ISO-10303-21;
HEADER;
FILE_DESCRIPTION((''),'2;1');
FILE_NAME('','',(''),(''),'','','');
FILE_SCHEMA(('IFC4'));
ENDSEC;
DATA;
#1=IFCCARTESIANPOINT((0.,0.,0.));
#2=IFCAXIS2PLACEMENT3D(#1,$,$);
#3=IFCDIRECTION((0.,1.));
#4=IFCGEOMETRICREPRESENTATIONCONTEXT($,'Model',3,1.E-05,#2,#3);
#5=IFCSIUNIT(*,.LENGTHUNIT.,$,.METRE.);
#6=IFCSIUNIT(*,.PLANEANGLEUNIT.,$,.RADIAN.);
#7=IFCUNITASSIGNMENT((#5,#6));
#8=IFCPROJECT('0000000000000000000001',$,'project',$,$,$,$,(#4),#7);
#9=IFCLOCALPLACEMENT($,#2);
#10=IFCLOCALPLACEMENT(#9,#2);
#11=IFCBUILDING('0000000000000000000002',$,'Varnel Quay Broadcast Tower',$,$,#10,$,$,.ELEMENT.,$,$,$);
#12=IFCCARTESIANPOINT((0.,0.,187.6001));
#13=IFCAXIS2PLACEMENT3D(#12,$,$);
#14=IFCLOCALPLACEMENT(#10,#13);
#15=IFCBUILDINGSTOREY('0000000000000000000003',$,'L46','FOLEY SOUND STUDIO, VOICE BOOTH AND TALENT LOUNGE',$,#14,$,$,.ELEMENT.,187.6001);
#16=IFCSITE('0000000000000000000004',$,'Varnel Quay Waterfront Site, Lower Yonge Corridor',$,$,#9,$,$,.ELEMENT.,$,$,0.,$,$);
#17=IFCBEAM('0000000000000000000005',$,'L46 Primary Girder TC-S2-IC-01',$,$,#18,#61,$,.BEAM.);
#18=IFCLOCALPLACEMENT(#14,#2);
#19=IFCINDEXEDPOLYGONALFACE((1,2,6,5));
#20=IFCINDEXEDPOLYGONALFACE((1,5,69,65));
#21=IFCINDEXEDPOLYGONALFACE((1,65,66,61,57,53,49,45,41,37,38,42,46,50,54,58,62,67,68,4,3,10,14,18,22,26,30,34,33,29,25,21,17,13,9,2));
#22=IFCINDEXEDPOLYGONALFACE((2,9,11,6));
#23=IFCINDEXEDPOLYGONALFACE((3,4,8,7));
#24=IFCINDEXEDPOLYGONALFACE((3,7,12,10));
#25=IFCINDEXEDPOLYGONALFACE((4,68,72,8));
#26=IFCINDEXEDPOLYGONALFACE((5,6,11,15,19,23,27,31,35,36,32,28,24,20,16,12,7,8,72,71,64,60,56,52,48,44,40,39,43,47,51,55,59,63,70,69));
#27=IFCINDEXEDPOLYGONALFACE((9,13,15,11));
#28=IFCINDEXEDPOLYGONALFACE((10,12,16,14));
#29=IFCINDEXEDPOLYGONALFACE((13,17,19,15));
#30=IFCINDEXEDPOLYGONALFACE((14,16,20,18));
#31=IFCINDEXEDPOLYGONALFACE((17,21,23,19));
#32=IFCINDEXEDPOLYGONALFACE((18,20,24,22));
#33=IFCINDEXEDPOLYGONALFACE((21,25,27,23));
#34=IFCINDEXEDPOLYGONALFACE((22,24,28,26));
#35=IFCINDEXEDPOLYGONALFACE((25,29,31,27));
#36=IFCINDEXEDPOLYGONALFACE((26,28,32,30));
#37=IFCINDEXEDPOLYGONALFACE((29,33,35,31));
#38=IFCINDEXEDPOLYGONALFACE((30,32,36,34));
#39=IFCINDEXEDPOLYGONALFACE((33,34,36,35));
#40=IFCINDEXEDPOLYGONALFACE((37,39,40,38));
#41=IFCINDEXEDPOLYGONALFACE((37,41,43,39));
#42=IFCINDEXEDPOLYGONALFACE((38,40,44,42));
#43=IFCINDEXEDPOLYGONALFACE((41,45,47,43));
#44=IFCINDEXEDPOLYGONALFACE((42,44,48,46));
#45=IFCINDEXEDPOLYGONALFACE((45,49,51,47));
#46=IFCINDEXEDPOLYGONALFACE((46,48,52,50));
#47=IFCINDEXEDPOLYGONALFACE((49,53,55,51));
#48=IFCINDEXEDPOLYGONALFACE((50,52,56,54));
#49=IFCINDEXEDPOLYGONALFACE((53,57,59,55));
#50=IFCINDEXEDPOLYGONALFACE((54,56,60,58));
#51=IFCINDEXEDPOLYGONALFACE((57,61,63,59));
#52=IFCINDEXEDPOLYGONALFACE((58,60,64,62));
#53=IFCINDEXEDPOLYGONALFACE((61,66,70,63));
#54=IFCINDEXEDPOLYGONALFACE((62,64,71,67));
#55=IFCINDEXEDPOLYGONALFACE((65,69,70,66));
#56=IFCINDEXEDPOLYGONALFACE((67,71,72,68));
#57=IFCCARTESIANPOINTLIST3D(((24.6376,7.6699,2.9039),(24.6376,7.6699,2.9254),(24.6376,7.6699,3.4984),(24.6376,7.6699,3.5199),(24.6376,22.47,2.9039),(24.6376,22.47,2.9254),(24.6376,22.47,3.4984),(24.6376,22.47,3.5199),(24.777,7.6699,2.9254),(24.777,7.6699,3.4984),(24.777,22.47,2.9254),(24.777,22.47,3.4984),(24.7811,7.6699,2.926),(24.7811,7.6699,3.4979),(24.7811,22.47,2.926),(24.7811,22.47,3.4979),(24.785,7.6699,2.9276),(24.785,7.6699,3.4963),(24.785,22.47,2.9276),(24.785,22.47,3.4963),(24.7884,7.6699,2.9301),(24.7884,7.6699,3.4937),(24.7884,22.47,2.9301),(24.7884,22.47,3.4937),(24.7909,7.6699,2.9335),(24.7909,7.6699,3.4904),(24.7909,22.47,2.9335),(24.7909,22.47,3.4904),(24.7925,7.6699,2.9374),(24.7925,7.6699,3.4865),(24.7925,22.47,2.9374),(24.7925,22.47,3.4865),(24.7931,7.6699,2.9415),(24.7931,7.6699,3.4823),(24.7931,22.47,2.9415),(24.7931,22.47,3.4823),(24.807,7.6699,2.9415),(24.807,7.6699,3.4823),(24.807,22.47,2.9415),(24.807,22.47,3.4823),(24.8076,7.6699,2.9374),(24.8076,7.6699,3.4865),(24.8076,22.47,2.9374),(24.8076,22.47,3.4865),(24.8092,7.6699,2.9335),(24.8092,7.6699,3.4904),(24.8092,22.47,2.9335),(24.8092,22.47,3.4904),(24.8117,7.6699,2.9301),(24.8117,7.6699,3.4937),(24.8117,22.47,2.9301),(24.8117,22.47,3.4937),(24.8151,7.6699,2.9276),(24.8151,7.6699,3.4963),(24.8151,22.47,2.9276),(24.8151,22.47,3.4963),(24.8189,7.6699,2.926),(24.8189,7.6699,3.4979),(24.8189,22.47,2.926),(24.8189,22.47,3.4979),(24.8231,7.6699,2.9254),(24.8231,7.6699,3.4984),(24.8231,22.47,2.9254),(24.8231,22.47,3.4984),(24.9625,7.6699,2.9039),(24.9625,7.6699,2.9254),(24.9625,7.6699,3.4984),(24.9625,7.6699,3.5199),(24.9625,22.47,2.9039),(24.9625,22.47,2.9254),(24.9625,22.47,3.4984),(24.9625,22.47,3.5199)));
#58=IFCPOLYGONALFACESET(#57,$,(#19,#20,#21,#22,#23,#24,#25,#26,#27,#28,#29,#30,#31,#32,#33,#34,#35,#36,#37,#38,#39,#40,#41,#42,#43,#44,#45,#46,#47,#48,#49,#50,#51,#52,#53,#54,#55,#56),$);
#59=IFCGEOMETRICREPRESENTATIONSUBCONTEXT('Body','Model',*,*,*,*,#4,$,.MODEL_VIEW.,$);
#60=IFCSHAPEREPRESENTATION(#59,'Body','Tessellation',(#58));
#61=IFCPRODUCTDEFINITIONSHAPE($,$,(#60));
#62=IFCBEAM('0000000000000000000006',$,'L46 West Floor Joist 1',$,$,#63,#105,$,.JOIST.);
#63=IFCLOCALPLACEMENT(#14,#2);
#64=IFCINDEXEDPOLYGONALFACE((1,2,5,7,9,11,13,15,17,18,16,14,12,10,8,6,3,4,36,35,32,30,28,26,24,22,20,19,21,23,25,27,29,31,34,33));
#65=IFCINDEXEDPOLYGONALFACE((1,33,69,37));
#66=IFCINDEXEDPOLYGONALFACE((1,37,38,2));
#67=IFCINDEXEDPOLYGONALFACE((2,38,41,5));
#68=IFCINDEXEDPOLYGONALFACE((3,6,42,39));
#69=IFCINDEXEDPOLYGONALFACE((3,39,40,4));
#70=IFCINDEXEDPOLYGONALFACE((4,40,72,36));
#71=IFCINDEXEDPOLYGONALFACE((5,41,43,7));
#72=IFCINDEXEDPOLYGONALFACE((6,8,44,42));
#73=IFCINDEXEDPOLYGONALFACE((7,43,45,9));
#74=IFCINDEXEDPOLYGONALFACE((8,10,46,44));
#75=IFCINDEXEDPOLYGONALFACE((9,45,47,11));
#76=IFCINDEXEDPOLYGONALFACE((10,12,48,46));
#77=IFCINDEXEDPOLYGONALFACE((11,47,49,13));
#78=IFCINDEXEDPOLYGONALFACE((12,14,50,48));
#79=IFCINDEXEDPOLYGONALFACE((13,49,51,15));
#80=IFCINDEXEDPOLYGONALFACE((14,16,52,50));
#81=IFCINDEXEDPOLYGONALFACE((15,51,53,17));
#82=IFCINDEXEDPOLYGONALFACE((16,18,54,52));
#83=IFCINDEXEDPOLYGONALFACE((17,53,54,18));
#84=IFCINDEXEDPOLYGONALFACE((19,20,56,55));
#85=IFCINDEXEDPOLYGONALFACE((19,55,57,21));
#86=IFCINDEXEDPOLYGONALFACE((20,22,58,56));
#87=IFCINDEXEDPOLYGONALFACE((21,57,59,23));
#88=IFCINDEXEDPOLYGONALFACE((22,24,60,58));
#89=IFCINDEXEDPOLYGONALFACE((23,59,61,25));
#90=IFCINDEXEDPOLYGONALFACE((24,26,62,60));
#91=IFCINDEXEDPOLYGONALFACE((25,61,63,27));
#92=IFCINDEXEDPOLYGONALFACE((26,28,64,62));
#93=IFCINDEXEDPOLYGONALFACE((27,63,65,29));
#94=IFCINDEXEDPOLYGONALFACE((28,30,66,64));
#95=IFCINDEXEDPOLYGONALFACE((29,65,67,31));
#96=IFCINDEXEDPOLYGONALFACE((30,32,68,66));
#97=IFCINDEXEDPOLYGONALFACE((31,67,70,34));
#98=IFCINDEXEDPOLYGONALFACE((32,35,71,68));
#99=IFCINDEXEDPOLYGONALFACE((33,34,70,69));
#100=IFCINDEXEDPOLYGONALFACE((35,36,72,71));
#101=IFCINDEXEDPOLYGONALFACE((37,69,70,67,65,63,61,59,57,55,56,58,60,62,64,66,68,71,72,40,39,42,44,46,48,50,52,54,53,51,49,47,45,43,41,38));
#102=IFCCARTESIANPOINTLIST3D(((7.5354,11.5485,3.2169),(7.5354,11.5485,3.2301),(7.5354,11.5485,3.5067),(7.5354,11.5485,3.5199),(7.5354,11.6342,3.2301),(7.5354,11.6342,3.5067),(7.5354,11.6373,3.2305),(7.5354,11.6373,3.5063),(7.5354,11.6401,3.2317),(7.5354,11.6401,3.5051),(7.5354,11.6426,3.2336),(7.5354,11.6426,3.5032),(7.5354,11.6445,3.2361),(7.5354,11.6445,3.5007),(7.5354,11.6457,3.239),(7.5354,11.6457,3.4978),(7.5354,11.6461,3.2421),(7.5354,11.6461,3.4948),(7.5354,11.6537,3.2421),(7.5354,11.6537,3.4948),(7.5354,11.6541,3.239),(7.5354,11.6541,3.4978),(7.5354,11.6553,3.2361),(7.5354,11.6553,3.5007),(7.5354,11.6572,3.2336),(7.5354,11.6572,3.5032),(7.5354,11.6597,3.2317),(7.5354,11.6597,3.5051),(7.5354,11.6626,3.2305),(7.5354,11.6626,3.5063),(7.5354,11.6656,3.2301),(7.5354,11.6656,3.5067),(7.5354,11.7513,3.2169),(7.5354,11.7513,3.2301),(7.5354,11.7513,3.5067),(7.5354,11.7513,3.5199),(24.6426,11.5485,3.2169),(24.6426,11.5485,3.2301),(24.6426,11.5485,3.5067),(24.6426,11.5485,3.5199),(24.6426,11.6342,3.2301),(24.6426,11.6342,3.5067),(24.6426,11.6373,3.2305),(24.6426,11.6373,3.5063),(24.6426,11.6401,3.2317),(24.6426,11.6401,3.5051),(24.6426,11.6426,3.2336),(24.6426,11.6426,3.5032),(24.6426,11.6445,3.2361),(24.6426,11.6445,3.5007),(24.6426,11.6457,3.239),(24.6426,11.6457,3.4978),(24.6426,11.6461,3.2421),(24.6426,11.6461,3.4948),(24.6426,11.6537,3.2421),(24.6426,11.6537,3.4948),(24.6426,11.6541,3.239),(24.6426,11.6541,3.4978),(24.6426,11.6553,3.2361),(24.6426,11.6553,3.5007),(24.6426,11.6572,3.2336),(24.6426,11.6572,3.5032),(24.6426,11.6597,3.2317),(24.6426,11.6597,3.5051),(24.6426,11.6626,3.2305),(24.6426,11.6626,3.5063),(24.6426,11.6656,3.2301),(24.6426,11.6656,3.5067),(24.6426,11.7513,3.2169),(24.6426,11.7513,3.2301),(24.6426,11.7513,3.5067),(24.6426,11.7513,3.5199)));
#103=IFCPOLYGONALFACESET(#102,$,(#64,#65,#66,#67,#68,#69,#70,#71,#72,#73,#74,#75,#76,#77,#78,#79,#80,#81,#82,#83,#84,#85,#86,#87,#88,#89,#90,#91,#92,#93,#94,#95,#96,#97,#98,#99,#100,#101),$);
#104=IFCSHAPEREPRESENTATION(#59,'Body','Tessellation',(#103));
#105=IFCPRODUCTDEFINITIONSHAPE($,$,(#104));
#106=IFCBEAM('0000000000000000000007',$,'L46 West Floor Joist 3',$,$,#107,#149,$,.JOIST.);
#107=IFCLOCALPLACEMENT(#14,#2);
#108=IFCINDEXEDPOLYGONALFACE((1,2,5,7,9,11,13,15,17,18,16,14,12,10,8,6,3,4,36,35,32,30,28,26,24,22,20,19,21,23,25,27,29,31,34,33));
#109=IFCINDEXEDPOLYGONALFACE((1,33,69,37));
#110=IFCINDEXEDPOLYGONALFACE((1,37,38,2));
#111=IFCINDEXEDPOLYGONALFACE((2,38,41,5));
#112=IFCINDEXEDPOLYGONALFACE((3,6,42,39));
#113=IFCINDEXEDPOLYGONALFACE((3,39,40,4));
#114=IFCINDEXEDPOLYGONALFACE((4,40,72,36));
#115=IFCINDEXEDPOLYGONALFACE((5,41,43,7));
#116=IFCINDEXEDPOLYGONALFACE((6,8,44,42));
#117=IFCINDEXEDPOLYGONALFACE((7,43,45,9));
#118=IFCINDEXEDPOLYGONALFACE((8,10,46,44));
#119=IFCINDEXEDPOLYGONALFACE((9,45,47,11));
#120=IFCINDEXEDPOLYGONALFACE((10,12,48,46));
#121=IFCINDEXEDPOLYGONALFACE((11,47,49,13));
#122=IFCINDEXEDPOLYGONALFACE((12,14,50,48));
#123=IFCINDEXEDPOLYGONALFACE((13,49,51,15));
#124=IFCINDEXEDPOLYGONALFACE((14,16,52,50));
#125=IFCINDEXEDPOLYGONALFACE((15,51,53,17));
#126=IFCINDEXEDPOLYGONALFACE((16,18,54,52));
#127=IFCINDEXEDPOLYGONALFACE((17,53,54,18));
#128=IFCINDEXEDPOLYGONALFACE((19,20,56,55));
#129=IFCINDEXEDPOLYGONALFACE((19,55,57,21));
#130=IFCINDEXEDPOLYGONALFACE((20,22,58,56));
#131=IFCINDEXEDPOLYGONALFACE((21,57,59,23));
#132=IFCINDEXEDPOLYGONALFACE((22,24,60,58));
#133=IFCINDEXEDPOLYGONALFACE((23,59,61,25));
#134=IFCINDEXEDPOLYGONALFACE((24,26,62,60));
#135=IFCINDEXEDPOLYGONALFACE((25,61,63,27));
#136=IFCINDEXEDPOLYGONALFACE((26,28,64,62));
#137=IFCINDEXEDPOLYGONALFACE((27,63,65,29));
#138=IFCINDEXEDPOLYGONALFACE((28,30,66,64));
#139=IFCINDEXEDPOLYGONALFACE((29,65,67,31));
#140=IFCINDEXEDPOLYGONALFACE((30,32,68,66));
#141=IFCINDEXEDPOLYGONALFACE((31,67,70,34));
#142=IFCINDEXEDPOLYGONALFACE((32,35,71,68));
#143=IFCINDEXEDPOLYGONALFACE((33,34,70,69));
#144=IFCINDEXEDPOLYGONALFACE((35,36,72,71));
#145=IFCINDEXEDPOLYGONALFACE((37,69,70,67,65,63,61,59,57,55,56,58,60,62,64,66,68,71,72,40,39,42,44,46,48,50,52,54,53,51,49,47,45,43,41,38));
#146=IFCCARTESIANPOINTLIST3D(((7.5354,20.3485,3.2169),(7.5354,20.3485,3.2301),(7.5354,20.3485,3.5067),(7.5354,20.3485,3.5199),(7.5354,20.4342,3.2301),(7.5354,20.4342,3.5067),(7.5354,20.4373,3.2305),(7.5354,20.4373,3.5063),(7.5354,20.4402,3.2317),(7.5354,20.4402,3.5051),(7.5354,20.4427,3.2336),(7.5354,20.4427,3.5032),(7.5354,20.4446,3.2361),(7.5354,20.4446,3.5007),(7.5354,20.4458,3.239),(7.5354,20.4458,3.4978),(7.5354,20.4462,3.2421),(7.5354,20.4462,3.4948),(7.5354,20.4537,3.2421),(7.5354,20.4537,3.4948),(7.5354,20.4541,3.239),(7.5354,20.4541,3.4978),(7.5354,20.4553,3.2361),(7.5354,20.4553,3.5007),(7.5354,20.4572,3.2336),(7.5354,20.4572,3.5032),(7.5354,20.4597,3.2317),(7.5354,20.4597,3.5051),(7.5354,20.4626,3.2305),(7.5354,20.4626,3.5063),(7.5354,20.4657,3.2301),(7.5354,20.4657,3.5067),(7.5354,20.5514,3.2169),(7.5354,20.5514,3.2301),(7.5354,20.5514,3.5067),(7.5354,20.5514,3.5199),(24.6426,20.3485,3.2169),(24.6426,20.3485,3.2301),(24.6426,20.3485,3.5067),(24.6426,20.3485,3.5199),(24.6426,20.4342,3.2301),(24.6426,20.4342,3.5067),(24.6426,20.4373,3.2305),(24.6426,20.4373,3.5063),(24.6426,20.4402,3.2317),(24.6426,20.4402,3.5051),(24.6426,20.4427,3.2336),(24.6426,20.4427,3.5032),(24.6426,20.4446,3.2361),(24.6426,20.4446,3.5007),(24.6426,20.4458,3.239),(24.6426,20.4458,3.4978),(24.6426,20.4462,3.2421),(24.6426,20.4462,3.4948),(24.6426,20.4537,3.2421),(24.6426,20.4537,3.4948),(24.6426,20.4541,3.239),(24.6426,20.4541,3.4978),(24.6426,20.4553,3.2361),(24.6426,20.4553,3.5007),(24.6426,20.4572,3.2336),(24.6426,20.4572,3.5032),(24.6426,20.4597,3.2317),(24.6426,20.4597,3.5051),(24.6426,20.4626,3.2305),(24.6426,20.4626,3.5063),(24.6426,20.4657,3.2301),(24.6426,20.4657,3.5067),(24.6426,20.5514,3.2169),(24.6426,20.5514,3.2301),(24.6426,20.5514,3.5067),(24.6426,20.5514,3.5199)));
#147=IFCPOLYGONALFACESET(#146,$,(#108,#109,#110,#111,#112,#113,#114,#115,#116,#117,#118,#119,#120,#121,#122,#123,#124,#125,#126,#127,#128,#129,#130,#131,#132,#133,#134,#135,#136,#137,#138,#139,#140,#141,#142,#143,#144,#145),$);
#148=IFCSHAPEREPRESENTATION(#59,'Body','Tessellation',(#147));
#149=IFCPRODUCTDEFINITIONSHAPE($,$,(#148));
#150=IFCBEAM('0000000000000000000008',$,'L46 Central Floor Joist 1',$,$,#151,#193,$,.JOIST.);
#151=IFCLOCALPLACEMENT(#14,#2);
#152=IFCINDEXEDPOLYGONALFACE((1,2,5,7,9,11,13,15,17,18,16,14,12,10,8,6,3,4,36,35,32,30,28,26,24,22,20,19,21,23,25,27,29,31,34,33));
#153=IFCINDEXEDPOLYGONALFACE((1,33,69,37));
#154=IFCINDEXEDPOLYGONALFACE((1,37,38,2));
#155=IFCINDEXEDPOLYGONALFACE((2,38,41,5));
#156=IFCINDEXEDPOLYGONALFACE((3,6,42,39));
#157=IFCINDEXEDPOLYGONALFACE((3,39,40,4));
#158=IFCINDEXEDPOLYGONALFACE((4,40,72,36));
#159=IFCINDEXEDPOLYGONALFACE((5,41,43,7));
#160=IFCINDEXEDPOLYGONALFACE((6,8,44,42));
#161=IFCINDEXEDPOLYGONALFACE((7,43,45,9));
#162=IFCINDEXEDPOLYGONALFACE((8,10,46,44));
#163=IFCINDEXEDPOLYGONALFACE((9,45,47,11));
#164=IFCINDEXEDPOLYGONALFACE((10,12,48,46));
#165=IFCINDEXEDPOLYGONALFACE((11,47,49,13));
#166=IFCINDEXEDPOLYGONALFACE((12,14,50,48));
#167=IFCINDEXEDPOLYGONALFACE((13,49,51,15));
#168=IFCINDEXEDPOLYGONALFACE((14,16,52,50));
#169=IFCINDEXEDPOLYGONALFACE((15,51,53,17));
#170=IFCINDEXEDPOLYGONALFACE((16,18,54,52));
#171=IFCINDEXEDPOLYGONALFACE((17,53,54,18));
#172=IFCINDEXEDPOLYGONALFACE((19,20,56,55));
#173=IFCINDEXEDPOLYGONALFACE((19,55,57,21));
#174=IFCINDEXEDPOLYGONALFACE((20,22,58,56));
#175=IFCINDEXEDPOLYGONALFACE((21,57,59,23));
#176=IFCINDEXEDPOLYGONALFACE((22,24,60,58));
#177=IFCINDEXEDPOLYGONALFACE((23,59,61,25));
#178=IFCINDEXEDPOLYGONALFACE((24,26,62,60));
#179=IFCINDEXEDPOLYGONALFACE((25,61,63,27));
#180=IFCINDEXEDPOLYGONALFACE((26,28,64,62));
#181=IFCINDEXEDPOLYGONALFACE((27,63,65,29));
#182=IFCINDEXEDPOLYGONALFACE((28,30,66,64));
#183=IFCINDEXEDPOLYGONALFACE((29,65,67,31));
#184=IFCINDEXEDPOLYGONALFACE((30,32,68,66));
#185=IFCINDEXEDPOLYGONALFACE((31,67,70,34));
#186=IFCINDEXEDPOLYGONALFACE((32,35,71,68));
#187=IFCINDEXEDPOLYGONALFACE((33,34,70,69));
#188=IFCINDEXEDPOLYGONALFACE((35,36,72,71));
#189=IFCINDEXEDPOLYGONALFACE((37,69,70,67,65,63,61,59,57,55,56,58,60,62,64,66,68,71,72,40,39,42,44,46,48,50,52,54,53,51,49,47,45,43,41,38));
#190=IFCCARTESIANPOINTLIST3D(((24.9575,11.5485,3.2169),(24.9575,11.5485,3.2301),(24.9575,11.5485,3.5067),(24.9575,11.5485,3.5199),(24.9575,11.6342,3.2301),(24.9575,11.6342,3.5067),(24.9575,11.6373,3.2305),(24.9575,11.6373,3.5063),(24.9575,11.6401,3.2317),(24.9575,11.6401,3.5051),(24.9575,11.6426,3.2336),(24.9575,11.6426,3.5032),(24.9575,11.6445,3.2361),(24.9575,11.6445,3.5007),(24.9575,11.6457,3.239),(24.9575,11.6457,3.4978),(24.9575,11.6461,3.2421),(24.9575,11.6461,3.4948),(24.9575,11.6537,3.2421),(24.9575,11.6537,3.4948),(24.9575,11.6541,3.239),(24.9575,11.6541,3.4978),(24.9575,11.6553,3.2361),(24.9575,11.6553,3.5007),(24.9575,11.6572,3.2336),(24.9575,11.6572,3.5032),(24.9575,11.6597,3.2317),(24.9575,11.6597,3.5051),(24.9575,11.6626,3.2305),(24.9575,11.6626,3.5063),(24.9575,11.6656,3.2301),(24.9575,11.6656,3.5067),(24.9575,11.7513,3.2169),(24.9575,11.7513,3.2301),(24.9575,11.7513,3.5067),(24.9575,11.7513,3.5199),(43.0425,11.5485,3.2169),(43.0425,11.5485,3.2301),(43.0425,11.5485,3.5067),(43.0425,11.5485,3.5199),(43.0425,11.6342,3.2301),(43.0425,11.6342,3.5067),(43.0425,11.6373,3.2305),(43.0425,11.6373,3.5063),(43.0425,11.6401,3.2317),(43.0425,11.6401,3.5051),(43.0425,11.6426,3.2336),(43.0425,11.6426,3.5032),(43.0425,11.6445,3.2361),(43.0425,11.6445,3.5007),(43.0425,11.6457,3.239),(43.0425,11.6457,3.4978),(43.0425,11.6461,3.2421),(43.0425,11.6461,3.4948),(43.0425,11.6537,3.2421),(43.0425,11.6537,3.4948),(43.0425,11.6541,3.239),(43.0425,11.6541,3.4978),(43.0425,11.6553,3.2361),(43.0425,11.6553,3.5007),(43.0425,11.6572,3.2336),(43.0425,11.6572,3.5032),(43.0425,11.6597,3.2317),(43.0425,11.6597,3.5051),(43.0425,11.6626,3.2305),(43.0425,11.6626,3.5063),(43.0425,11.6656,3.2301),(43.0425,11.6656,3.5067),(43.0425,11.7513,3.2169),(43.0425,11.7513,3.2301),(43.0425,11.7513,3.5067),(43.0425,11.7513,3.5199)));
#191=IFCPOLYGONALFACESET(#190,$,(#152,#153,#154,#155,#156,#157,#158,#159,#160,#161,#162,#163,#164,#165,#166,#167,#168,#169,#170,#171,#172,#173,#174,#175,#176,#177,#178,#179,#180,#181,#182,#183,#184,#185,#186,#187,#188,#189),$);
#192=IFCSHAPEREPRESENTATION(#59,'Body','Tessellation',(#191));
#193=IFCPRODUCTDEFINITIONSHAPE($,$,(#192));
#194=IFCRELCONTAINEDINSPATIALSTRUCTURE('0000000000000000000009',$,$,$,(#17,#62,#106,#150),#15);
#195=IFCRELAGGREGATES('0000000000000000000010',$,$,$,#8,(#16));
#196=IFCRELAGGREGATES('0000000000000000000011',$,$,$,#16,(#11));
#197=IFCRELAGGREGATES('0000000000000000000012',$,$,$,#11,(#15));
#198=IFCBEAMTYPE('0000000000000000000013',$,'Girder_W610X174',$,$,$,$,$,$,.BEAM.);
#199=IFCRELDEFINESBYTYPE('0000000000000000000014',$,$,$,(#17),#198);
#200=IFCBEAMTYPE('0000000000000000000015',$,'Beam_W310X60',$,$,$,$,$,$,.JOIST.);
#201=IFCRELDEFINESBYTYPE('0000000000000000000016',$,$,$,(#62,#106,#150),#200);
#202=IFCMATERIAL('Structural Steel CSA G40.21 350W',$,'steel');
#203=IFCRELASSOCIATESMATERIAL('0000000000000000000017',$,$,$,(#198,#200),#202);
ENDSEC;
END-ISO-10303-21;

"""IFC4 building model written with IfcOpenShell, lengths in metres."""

from ifc_helpers import new_model, si_unit, direction, frame, origin, origin_2d, place, context, subcontext, project, spatial, i_section, extrude, source, transform, mapped, material, material_profile, profile_set, type_object, type_shapes, element, save


model = new_model("IFC4")

# Units and contexts
model_context = context("Model", 3, precision=1e-05, world=origin(), true_north=direction((0.0, 1.0)))
body_context = subcontext(model_context, "Body", "Model", "MODEL_VIEW")
ifc_project = project(units=[si_unit("LENGTHUNIT", "METRE"), si_unit("PLANEANGLEUNIT", "RADIAN")], contexts=[model_context])

# Site, building, storey
site_placement = place(None, origin())
site = spatial("IfcSite", under=ifc_project, at=site_placement, Name="Varnel Quay Waterfront Site, Lower Yonge Corridor", CompositionType="ELEMENT", RefElevation=0.0)
building_placement = place(site_placement, origin())
building = spatial("IfcBuilding", under=site, at=building_placement, Name="Varnel Quay Broadcast Tower", CompositionType="ELEMENT")
storey_placement = place(building_placement, frame((0.0, 0.0, 187.6001)))
storey = spatial("IfcBuildingStorey", under=building, at=storey_placement, Name="L46", Description="FOLEY SOUND STUDIO, VOICE BOOTH AND TALENT LOUNGE", CompositionType="ELEMENT", Elevation=187.6001)

# Shared definitions
ifc_material_1 = material(Name="Structural Steel CSA G40.21 350W", Category="steel")

# Beams
ifc_material_profile_1 = material_profile(ifc_material_1, i_section(OverallWidth=0.325, OverallDepth=0.616, WebThickness=0.0139, FlangeThickness=0.0215, FilletRadius=0.0161, at=origin_2d()), Name="W610X174")
ifc_profile_set_1 = profile_set([ifc_material_profile_1], Name="Structural Steel CSA G40.21 350W")
beam_type_1 = type_object("IfcBeamType", Name="Girder_W610X174", PredefinedType="BEAM", material=ifc_profile_set_1)
shared_shape_1 = source(origin(), body_context, "Body", "SweptSolid", [
    extrude(i_section(OverallWidth=0.325, OverallDepth=0.616, WebThickness=0.0139, FlangeThickness=0.0215, FilletRadius=0.0161, at=origin_2d()), origin(), (0.0, 0.0, 1.0), 14.8),
])
type_shapes(beam_type_1, [shared_shape_1])
beam_1_placement = place(storey_placement, frame((24.8, 7.6699, 3.2119), z_axis=(0.0, 1.0, 0.0), x_axis=(-1.0, 0.0, 0.0)))
element("IfcBeam", 1, at=beam_1_placement, inside=storey, type_object=beam_type_1, Name="L46 Primary Girder TC-S2-IC-01", PredefinedType="BEAM", context=body_context, shape_type="MappedRepresentation", body=[
    mapped(shared_shape_1, transform((0.0, 0.0, 0.0), x_axis=(1.0, 0.0, 0.0), y_axis=(0.0, 1.0, 0.0), z_axis=(0.0, 0.0, 1.0), scale=1.0)),
])
ifc_material_profile_2 = material_profile(ifc_material_1, i_section(OverallWidth=0.2029, OverallDepth=0.303, WebThickness=0.0076, FlangeThickness=0.0132, FilletRadius=0.012, at=origin_2d()), Name="W310X60")
ifc_profile_set_2 = profile_set([ifc_material_profile_2], Name="Structural Steel CSA G40.21 350W")
beam_type_2 = type_object("IfcBeamType", Name="Beam_W310X60", PredefinedType="JOIST", material=ifc_profile_set_2)
shared_shape_2 = source(origin(), body_context, "Body", "SweptSolid", [
    extrude(i_section(OverallWidth=0.2029, OverallDepth=0.303, WebThickness=0.0076, FlangeThickness=0.0132, FilletRadius=0.012, at=origin_2d()), origin(), (0.0, 0.0, 1.0), 17.1072),
])
for number, where, z_axis, x_axis, name in (
    (2, (7.5354, 11.6499, 3.3684), (1.0, 0.0, 0.0), (0.0, 1.0, 0.0), "L46 West Floor Joist 1"),
    (3, (7.5354, 20.45, 3.3684), (1.0, 0.0, 0.0), (0.0, 1.0, 0.0), "L46 West Floor Joist 3"),
):
    element("IfcBeam", number, at=place(storey_placement, frame(where, z_axis=z_axis, x_axis=x_axis)), inside=storey, type_object=beam_type_2, Name=name, PredefinedType="JOIST", context=body_context, shape_type="MappedRepresentation", body=[
        mapped(shared_shape_2, transform((0.0, 0.0, 0.0), x_axis=(1.0, 0.0, 0.0), y_axis=(0.0, 1.0, 0.0), z_axis=(0.0, 0.0, 1.0), scale=1.0)),
    ])
shared_shape_3 = source(origin(), body_context, "Body", "SweptSolid", [
    extrude(i_section(OverallWidth=0.2029, OverallDepth=0.303, WebThickness=0.0076, FlangeThickness=0.0132, FilletRadius=0.012, at=origin_2d()), origin(), (0.0, 0.0, 1.0), 18.085),
])
type_shapes(beam_type_2, [shared_shape_2, shared_shape_3])
for number, where, z_axis, x_axis, name in (
    (4, (24.9575, 11.6499, 3.3684), (1.0, 0.0, 0.0), (0.0, 1.0, 0.0), "L46 Central Floor Joist 1"),
):
    element("IfcBeam", number, at=place(storey_placement, frame(where, z_axis=z_axis, x_axis=x_axis)), inside=storey, type_object=beam_type_2, Name=name, PredefinedType="JOIST", context=body_context, shape_type="MappedRepresentation", body=[
        mapped(shared_shape_3, transform((0.0, 0.0, 0.0), x_axis=(1.0, 0.0, 0.0), y_axis=(0.0, 1.0, 0.0), z_axis=(0.0, 0.0, 1.0), scale=1.0)),
    ])

save(model, "model.ifc")
